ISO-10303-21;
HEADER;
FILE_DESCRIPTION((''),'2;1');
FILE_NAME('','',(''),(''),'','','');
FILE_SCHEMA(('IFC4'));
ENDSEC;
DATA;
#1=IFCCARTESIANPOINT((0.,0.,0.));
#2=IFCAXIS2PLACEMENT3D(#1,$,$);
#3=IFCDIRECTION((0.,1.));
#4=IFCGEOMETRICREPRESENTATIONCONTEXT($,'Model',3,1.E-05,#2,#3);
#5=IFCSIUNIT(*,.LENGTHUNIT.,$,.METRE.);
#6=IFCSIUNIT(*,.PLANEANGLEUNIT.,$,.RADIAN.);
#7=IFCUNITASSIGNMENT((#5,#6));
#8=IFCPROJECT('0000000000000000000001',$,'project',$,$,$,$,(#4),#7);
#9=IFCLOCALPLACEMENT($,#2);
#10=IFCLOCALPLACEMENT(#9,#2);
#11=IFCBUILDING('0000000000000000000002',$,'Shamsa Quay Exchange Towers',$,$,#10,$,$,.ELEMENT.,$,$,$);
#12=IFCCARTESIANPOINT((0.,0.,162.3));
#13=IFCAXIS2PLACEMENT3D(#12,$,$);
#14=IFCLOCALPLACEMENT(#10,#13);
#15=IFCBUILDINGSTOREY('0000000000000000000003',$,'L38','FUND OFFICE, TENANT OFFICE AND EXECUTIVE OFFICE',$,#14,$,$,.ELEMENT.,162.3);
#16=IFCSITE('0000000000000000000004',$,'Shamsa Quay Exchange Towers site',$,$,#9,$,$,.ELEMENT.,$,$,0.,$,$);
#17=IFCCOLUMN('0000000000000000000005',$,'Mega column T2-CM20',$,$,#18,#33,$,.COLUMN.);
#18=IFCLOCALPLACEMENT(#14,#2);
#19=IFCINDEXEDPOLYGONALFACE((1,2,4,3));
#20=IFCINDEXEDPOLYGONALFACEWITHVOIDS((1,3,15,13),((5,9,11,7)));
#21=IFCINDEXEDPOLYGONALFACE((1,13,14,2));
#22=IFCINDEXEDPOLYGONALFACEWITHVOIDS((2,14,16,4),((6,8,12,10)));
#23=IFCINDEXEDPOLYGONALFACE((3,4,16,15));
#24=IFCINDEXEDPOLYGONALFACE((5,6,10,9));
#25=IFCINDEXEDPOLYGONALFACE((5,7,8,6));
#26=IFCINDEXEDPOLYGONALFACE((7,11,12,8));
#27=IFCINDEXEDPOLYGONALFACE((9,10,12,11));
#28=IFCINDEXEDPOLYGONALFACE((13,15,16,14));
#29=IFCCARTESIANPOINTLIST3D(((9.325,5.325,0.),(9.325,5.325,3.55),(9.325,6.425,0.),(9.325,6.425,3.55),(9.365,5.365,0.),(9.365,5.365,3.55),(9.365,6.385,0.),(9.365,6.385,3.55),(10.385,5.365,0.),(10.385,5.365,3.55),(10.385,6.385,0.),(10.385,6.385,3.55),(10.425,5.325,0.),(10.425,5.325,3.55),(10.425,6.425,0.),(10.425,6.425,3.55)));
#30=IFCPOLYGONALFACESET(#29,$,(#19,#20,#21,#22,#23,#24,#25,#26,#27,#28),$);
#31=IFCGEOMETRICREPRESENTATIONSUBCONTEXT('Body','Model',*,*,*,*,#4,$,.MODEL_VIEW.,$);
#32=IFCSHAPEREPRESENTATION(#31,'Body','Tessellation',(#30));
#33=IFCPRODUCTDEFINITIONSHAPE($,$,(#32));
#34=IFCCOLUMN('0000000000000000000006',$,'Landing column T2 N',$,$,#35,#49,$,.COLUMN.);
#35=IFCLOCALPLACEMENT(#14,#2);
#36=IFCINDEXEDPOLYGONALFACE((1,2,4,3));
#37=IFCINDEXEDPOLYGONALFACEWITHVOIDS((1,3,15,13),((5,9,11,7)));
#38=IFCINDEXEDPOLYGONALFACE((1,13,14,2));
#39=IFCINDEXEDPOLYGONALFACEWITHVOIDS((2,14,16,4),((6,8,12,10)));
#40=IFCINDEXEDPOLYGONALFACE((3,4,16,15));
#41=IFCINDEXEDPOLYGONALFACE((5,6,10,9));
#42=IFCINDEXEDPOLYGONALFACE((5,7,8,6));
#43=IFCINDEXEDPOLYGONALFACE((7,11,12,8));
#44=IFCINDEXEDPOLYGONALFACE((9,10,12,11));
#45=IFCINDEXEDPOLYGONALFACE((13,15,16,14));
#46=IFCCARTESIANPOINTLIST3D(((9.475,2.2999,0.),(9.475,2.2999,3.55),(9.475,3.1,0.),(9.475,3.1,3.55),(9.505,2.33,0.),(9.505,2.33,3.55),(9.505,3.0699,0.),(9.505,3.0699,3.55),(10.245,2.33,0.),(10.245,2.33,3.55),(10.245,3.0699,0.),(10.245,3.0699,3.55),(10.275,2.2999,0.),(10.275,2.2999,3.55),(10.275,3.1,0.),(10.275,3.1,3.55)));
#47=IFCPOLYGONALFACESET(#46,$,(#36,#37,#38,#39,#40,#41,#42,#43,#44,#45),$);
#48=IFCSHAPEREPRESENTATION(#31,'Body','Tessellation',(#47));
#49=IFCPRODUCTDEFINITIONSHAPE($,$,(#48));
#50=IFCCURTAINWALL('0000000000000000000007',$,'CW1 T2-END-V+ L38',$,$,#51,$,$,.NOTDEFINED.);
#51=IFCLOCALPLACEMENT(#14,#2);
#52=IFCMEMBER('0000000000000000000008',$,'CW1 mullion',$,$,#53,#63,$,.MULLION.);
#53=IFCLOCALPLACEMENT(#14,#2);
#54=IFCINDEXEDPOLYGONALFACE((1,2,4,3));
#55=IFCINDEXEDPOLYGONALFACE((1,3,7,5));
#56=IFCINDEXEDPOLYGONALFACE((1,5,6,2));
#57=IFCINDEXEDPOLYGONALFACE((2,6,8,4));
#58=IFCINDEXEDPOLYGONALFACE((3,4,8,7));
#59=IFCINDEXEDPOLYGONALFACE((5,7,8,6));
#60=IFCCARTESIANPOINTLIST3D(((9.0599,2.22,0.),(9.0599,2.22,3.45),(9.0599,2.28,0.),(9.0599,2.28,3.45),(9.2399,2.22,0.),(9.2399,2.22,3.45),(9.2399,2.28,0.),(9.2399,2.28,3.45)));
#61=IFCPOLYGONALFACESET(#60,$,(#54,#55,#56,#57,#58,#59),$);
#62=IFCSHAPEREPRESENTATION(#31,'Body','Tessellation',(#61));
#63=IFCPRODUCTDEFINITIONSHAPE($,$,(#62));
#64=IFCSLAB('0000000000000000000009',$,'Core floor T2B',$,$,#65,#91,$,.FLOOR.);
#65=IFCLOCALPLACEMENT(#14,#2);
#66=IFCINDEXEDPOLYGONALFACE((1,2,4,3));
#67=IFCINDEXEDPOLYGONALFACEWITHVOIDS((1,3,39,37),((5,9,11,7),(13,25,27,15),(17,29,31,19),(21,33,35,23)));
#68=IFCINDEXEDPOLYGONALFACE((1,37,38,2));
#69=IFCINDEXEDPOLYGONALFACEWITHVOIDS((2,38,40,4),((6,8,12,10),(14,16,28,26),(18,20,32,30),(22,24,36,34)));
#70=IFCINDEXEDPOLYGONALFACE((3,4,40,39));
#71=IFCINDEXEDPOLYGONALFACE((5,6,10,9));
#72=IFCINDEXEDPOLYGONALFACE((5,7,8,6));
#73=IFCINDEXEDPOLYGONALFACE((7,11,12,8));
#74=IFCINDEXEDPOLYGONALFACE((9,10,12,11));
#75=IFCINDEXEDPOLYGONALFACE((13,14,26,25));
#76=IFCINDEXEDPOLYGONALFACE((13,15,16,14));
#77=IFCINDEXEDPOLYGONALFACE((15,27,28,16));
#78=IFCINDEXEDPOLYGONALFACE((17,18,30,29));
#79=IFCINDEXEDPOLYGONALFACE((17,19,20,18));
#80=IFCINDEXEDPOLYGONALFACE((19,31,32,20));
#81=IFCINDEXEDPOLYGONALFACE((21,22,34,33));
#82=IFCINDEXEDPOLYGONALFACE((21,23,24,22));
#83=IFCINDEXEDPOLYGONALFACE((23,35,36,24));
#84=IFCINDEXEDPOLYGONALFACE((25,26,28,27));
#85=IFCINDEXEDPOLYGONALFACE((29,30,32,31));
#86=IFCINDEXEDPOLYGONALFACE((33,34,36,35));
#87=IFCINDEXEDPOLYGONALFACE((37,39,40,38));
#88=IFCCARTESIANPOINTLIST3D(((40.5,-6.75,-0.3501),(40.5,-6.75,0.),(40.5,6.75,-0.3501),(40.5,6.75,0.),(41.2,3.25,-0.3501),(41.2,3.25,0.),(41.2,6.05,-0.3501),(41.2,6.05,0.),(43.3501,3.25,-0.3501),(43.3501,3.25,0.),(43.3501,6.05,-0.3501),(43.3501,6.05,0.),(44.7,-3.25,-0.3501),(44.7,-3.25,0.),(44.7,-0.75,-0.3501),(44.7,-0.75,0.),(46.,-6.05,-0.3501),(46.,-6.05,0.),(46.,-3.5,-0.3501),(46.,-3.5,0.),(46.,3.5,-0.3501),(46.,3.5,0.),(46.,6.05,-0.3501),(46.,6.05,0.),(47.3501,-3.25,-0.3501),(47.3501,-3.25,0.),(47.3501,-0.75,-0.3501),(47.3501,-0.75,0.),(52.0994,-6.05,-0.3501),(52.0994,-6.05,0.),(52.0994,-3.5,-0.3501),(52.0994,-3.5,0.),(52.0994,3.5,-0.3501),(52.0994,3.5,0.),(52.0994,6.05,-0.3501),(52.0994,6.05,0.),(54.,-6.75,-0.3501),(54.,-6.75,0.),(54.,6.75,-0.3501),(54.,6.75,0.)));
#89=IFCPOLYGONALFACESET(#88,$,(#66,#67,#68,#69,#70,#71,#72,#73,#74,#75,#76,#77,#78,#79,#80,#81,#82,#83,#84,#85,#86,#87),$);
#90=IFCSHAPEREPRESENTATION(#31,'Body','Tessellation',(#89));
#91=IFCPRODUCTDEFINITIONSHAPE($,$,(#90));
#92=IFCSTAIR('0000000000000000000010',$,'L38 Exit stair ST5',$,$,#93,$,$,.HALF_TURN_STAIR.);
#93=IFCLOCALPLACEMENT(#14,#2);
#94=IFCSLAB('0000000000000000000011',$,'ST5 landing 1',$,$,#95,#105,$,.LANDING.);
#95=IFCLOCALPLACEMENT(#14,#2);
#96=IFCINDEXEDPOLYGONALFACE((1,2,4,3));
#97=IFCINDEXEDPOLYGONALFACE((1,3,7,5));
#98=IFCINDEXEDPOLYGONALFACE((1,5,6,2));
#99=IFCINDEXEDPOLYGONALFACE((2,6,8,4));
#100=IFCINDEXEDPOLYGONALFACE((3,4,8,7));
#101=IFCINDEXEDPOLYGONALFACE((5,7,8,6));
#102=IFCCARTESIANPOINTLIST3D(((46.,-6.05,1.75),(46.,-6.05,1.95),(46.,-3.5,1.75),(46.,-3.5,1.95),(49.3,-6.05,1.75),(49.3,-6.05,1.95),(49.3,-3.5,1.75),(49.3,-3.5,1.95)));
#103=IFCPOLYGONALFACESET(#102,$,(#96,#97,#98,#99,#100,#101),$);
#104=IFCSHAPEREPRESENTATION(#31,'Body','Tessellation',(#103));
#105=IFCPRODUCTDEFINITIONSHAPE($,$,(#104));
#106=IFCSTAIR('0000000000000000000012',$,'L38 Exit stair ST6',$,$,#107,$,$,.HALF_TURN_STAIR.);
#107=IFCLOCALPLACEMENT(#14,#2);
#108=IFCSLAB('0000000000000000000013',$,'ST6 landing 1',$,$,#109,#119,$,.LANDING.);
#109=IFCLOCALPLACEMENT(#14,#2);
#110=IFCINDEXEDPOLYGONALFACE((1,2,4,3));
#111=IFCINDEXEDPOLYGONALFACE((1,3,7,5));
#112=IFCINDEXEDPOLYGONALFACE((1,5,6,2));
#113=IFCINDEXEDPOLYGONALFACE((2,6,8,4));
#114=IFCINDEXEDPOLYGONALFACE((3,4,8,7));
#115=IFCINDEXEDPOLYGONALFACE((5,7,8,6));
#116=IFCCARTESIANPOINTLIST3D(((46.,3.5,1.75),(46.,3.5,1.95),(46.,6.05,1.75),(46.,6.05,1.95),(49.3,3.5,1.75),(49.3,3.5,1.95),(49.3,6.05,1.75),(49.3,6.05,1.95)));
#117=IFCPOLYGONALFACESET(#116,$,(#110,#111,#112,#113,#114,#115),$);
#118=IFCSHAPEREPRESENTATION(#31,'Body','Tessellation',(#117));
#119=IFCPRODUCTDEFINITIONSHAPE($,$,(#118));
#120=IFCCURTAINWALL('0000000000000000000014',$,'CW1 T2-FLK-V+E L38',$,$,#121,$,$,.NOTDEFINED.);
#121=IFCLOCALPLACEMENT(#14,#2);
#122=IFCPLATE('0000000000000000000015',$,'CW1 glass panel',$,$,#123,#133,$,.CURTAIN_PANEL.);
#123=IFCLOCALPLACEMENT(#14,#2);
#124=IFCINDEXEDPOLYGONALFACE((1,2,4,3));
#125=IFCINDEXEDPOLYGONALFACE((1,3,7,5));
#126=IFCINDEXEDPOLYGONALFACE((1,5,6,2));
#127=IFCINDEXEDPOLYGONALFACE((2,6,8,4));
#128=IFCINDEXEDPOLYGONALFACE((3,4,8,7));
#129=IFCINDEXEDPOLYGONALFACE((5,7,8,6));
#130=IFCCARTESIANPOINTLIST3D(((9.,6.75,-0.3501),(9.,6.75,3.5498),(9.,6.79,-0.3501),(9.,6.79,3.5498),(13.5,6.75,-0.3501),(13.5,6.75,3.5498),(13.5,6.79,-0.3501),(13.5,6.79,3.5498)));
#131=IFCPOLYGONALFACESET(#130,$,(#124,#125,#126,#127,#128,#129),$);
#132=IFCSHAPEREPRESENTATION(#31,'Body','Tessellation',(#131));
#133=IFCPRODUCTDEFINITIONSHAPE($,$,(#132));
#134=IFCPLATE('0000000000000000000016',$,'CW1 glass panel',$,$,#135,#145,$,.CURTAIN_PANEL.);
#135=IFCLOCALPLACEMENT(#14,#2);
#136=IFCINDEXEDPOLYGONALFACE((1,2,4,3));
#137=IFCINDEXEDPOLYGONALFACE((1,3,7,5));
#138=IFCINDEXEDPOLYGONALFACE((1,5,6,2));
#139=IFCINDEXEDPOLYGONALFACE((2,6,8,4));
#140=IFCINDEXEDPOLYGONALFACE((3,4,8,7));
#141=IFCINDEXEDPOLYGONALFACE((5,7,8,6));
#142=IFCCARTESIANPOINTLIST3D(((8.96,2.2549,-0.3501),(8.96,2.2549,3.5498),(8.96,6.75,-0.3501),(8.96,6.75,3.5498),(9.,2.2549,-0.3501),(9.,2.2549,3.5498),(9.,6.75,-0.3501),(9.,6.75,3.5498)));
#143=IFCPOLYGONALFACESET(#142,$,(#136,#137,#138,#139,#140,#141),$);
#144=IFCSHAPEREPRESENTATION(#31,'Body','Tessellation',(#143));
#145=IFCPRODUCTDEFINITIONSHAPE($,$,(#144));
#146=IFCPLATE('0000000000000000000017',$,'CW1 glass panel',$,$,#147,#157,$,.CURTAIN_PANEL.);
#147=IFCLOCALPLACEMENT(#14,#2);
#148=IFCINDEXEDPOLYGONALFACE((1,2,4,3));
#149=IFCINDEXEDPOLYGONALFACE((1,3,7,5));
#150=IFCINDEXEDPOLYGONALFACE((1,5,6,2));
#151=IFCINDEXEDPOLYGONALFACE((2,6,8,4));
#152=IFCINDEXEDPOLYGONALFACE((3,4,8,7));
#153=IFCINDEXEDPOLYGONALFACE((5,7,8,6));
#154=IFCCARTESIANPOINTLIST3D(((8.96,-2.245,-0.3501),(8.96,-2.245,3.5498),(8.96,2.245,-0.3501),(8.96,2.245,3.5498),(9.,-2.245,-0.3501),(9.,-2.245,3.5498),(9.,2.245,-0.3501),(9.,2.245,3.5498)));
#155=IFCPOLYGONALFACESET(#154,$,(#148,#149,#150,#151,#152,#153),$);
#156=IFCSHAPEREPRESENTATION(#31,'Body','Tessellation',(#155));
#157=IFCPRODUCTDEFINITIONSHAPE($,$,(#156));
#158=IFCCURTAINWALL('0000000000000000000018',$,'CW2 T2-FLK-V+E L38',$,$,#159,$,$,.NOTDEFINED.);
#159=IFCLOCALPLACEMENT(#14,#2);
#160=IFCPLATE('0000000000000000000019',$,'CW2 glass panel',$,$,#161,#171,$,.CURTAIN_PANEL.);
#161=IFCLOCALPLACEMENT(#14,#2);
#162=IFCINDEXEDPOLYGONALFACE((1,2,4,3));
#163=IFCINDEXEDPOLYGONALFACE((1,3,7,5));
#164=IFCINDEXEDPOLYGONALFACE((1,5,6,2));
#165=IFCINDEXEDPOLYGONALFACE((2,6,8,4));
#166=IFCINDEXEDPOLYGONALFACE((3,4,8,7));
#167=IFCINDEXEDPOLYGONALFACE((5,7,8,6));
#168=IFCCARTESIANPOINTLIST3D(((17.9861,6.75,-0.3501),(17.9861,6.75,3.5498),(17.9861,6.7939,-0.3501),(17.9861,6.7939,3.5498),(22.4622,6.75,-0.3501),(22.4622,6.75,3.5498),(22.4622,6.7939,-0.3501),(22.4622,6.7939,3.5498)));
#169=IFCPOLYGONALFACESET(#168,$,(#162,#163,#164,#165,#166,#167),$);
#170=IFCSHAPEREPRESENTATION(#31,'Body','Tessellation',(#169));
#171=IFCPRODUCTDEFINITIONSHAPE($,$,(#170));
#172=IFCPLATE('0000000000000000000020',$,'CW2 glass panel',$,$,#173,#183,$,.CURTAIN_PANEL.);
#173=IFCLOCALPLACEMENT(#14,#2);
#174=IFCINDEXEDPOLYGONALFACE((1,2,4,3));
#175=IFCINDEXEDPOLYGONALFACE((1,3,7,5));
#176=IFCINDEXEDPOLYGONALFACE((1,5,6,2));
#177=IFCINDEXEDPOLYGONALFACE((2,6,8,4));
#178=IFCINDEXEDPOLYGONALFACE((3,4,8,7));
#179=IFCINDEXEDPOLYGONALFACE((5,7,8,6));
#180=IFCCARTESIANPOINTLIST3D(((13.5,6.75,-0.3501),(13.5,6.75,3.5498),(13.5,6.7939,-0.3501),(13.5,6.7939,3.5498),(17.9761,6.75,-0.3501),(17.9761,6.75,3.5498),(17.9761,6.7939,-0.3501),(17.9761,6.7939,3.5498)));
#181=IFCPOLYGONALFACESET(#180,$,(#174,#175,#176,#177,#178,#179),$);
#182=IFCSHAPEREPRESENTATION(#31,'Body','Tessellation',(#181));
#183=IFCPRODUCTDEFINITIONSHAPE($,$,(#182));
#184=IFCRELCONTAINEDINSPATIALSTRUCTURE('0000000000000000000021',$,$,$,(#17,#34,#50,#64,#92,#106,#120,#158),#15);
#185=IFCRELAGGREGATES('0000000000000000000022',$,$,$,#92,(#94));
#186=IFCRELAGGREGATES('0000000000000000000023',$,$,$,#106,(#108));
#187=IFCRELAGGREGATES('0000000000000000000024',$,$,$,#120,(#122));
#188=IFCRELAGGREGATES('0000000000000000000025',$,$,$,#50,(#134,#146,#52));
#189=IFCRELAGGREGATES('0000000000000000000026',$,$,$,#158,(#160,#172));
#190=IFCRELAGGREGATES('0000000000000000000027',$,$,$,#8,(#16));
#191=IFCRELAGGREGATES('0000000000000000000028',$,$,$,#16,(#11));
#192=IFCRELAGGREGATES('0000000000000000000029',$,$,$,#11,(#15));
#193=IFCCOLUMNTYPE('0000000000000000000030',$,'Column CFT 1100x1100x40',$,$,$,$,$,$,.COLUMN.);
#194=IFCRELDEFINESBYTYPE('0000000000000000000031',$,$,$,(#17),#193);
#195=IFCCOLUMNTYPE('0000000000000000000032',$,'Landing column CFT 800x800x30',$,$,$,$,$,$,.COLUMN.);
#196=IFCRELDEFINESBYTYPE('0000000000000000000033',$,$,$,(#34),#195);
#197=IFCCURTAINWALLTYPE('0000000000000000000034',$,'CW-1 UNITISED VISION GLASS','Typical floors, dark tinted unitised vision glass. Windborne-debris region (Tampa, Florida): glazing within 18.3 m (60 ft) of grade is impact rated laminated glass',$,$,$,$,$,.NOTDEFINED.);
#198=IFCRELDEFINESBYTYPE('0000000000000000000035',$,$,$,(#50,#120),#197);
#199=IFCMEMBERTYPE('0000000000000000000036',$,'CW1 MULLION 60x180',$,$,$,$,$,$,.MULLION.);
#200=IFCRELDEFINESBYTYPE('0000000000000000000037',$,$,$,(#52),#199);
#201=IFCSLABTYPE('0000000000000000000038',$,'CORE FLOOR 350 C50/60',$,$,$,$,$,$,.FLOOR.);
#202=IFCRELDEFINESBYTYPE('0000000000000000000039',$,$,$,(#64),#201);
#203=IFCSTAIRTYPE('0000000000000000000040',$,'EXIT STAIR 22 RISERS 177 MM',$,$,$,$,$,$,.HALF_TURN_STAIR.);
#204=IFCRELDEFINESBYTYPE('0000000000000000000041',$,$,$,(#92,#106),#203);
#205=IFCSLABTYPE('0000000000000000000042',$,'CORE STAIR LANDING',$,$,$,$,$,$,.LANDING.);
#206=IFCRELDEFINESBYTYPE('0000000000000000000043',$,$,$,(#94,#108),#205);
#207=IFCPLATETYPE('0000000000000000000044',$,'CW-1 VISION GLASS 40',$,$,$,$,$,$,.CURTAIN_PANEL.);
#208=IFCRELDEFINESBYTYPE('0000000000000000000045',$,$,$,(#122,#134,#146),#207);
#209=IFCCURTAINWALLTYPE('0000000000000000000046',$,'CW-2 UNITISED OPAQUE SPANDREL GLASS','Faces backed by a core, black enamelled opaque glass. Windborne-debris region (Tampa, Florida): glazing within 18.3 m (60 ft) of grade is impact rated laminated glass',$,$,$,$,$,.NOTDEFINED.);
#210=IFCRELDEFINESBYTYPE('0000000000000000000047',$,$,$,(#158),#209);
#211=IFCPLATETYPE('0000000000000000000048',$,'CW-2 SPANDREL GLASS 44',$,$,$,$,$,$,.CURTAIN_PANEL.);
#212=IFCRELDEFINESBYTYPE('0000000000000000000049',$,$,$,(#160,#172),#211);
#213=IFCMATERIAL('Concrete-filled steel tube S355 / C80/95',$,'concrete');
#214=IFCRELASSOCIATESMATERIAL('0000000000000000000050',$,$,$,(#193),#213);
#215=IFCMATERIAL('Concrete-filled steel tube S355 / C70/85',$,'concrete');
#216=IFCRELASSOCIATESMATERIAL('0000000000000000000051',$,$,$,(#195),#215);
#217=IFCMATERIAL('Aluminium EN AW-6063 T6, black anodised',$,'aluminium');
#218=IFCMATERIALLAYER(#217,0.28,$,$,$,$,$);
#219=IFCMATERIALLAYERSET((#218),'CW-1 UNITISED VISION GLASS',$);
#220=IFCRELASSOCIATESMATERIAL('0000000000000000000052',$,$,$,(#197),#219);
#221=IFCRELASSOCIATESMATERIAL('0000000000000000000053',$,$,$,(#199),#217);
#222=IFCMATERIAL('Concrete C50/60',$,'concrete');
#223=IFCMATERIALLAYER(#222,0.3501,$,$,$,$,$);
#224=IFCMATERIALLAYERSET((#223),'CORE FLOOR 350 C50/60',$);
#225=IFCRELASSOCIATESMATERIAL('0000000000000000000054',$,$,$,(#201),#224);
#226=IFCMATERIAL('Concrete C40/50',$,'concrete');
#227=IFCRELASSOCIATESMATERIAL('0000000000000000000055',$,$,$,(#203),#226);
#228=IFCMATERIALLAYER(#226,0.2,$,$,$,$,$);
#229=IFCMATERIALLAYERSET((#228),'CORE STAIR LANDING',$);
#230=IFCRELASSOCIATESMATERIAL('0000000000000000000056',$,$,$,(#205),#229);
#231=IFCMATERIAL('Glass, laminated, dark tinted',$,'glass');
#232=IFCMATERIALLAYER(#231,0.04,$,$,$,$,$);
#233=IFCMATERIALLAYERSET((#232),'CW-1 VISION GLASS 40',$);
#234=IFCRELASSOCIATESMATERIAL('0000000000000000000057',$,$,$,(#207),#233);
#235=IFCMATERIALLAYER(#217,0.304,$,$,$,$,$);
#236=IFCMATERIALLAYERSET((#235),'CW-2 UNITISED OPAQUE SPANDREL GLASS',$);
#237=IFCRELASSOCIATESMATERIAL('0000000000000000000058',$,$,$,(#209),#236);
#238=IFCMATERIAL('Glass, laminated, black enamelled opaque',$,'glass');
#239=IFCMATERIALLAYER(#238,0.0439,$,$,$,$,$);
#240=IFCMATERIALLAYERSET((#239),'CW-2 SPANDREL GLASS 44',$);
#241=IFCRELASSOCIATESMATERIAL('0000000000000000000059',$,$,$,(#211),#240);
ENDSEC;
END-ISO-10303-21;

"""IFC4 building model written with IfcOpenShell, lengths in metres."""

from ifc_helpers import new_model, si_unit, direction, frame, origin, origin_2d, place, context, subcontext, project, spatial, polyline, rectangle, hollow_rectangle, outline, extrude, material, layer, layer_set, material_profile, profile_set, type_object, element, aggregate, save


model = new_model("IFC4")

# Units and contexts
model_context = context("Model", 3, precision=1e-05, world=origin(), true_north=direction((0.0, 1.0)))
body_context = subcontext(model_context, "Body", "Model", "MODEL_VIEW")
ifc_project = project(units=[si_unit("LENGTHUNIT", "METRE"), si_unit("PLANEANGLEUNIT", "RADIAN")], contexts=[model_context])

# Site, building, storey
site_placement = place(None, origin())
site = spatial("IfcSite", under=ifc_project, at=site_placement, Name="Shamsa Quay Exchange Towers site", CompositionType="ELEMENT", RefElevation=0.0)
building_placement = place(site_placement, origin())
building = spatial("IfcBuilding", under=site, at=building_placement, Name="Shamsa Quay Exchange Towers", CompositionType="ELEMENT")
storey_placement = place(building_placement, frame((0.0, 0.0, 162.3)))
storey = spatial("IfcBuildingStorey", under=building, at=storey_placement, Name="L38", Description="FUND OFFICE, TENANT OFFICE AND EXECUTIVE OFFICE", CompositionType="ELEMENT", Elevation=162.3)

# Columns
ifc_material_1 = material(Name="Concrete-filled steel tube S355 / C80/95", Category="concrete")
ifc_material_profile_1 = material_profile(ifc_material_1, hollow_rectangle(XDim=1.1001, YDim=1.1001, WallThickness=0.04, at=origin_2d()), Name="CFT 1100x1100x40")
ifc_profile_set_1 = profile_set([ifc_material_profile_1], Name="Concrete-filled steel tube S355 / C80/95")
column_type_1 = type_object("IfcColumnType", Name="Column CFT 1100x1100x40", PredefinedType="COLUMN", material=ifc_profile_set_1)
column_1_placement = place(storey_placement, frame((9.875, 5.875, 0.0)))
element("IfcColumn", 1, at=column_1_placement, inside=storey, type_object=column_type_1, Name="Mega column T2-CM20", PredefinedType="COLUMN", context=body_context, shape_type="SweptSolid", body=[
    extrude(hollow_rectangle(XDim=1.1001, YDim=1.1001, WallThickness=0.04, at=origin_2d()), origin(), (0.0, 0.0, 1.0), 3.55),
])
ifc_material_2 = material(Name="Concrete-filled steel tube S355 / C70/85", Category="concrete")
ifc_material_profile_2 = material_profile(ifc_material_2, hollow_rectangle(XDim=0.8, YDim=0.8, WallThickness=0.03, at=origin_2d()), Name="CFT 800x800x30")
ifc_profile_set_2 = profile_set([ifc_material_profile_2], Name="Concrete-filled steel tube S355 / C70/85")
column_type_2 = type_object("IfcColumnType", Name="Landing column CFT 800x800x30", PredefinedType="COLUMN", material=ifc_profile_set_2)
column_2_placement = place(storey_placement, frame((9.875, 2.7, 0.0)))
element("IfcColumn", 2, at=column_2_placement, inside=storey, type_object=column_type_2, Name="Landing column T2 N", PredefinedType="COLUMN", context=body_context, shape_type="SweptSolid", body=[
    extrude(hollow_rectangle(XDim=0.8, YDim=0.8, WallThickness=0.03, at=origin_2d()), origin(), (0.0, 0.0, 1.0), 3.55),
])

# Curtain wall, member
ifc_material_3 = material(Name="Aluminium EN AW-6063 T6, black anodised", Category="aluminium")
ifc_layer_1 = layer(ifc_material_3, 0.28)
ifc_layer_set_1 = layer_set([ifc_layer_1], Name="CW-1 UNITISED VISION GLASS")
curtain_wall_type_1 = type_object("IfcCurtainWallType", Name="CW-1 UNITISED VISION GLASS", Description="Typical floors, dark tinted unitised vision glass. Windborne-debris region (Tampa, Florida): glazing within 18.3 m (60 ft) of grade is impact rated laminated glass", PredefinedType="NOTDEFINED", material=ifc_layer_set_1)
curtain_wall_1_placement = place(storey_placement, origin())
curtain_wall_1 = element("IfcCurtainWall", 3, at=curtain_wall_1_placement, inside=storey, type_object=curtain_wall_type_1, Name="CW1 T2-END-V+ L38", PredefinedType="NOTDEFINED")
ifc_material_profile_3 = material_profile(ifc_material_3, rectangle(XDim=0.1799, YDim=0.0601, at=origin_2d()), Name="MU60x180")
ifc_profile_set_3 = profile_set([ifc_material_profile_3], Name="Aluminium EN AW-6063 T6, black anodised")
member_type = type_object("IfcMemberType", Name="CW1 MULLION 60x180", PredefinedType="MULLION", material=ifc_profile_set_3)
member_placement = place(storey_placement, frame((9.1499, 2.25, 0.0)))
member = element("IfcMember", 4, at=member_placement, type_object=member_type, Name="CW1 mullion", PredefinedType="MULLION", context=body_context, shape_type="SweptSolid", body=[
    extrude(rectangle(XDim=0.1799, YDim=0.0601, at=origin_2d()), origin(), (0.0, 0.0, 1.0), 3.45),
])

# Slab
ifc_material_4 = material(Name="Concrete C50/60", Category="concrete")
ifc_layer_2 = layer(ifc_material_4, 0.3501)
ifc_layer_set_2 = layer_set([ifc_layer_2], Name="CORE FLOOR 350 C50/60")
slab_type_1 = type_object("IfcSlabType", Name="CORE FLOOR 350 C50/60", PredefinedType="FLOOR", material=ifc_layer_set_2)
slab_1_placement = place(storey_placement, frame((0.0, 0.0, -0.3501)))
element("IfcSlab", 5, at=slab_1_placement, inside=storey, type_object=slab_type_1, Name="Core floor T2B", PredefinedType="FLOOR", context=body_context, shape_type="SweptSolid", body=[
    extrude(outline(polyline([(54.0, -6.75), (54.0, 6.75), (40.5, 6.75), (40.5, -6.75), (54.0, -6.75)]), holes=[polyline([(52.0994, -3.5), (52.0994, -6.05), (46.0, -6.05), (46.0, -3.5), (52.0994, -3.5)]), polyline([(52.0994, 6.05), (52.0994, 3.5), (46.0, 3.5), (46.0, 6.05), (52.0994, 6.05)]), polyline([(43.3501, 3.25), (41.2, 3.25), (41.2, 6.05), (43.3501, 6.05), (43.3501, 3.25)]), polyline([(47.3501, -3.25), (44.7, -3.25), (44.7, -0.75), (47.3501, -0.75), (47.3501, -3.25)])]), origin(), (0.0, 0.0, 1.0), 0.3501),
])

# Stairs, slabs
ifc_material_5 = material(Name="Concrete C40/50", Category="concrete")
stair_type = type_object("IfcStairType", Name="EXIT STAIR 22 RISERS 177 MM", PredefinedType="HALF_TURN_STAIR", material=ifc_material_5)
stair_1_placement = place(storey_placement, origin())
stair_1 = element("IfcStair", 6, at=stair_1_placement, inside=storey, type_object=stair_type, Name="L38 Exit stair ST5", PredefinedType="HALF_TURN_STAIR")
ifc_layer_3 = layer(ifc_material_5, 0.2)
ifc_layer_set_3 = layer_set([ifc_layer_3], Name="CORE STAIR LANDING")
slab_type_2 = type_object("IfcSlabType", Name="CORE STAIR LANDING", PredefinedType="LANDING", material=ifc_layer_set_3)
slab_2_placement = place(storey_placement, frame((0.0, 0.0, 1.75)))
slab_2 = element("IfcSlab", 7, at=slab_2_placement, type_object=slab_type_2, Name="ST5 landing 1", PredefinedType="LANDING", context=body_context, shape_type="SweptSolid", body=[
    extrude(outline(polyline([(49.3, -3.5), (46.0, -3.5), (46.0, -6.05), (49.3, -6.05), (49.3, -3.5)])), origin(), (0.0, 0.0, 1.0), 0.2),
])
aggregate(stair_1, [slab_2])
stair_2_placement = place(storey_placement, origin())
stair_2 = element("IfcStair", 8, at=stair_2_placement, inside=storey, type_object=stair_type, Name="L38 Exit stair ST6", PredefinedType="HALF_TURN_STAIR")
slab_3_placement = place(storey_placement, frame((0.0, 0.0, 1.75)))
slab_3 = element("IfcSlab", 9, at=slab_3_placement, type_object=slab_type_2, Name="ST6 landing 1", PredefinedType="LANDING", context=body_context, shape_type="SweptSolid", body=[
    extrude(outline(polyline([(49.3, 6.05), (46.0, 6.05), (46.0, 3.5), (49.3, 3.5), (49.3, 6.05)])), origin(), (0.0, 0.0, 1.0), 0.2),
])
aggregate(stair_2, [slab_3])

# Curtain wall, plate
curtain_wall_2_placement = place(storey_placement, origin())
curtain_wall_2 = element("IfcCurtainWall", 10, at=curtain_wall_2_placement, inside=storey, type_object=curtain_wall_type_1, Name="CW1 T2-FLK-V+E L38", PredefinedType="NOTDEFINED")
ifc_material_6 = material(Name="Glass, laminated, dark tinted", Category="glass")
ifc_layer_4 = layer(ifc_material_6, 0.04)
ifc_layer_set_4 = layer_set([ifc_layer_4], Name="CW-1 VISION GLASS 40")
plate_type_1 = type_object("IfcPlateType", Name="CW-1 VISION GLASS 40", PredefinedType="CURTAIN_PANEL", material=ifc_layer_set_4)
plate_1_placement = place(storey_placement, frame((11.25, 6.77, -0.3501), z_axis=(0.0, 0.0, 1.0), x_axis=(-1.0, 0.0, 0.0)))
plate_1 = element("IfcPlate", 11, at=plate_1_placement, type_object=plate_type_1, Name="CW1 glass panel", PredefinedType="CURTAIN_PANEL", context=body_context, shape_type="SweptSolid", body=[
    extrude(rectangle(XDim=4.5, YDim=0.04, at=origin_2d()), origin(), (0.0, 0.0, 1.0), 3.8999),
])
aggregate(curtain_wall_2, [plate_1])

# Plates
plate_2_placement = place(storey_placement, frame((8.98, 4.5024, -0.3501), z_axis=(0.0, 0.0, 1.0), x_axis=(0.0, -1.0, 0.0)))
plate_2 = element("IfcPlate", 12, at=plate_2_placement, type_object=plate_type_1, Name="CW1 glass panel", PredefinedType="CURTAIN_PANEL", context=body_context, shape_type="SweptSolid", body=[
    extrude(rectangle(XDim=4.4951, YDim=0.04, at=origin_2d()), origin(), (0.0, 0.0, 1.0), 3.8999),
])
plate_3_placement = place(storey_placement, frame((8.98, 0.0, -0.3501), z_axis=(0.0, 0.0, 1.0), x_axis=(0.0, -1.0, 0.0)))
plate_3 = element("IfcPlate", 13, at=plate_3_placement, type_object=plate_type_1, Name="CW1 glass panel", PredefinedType="CURTAIN_PANEL", context=body_context, shape_type="SweptSolid", body=[
    extrude(rectangle(XDim=4.49, YDim=0.04, at=origin_2d()), origin(), (0.0, 0.0, 1.0), 3.8999),
])
aggregate(curtain_wall_1, [plate_2, plate_3, member])

# Curtain wall, plates
ifc_layer_5 = layer(ifc_material_3, 0.304)
ifc_layer_set_5 = layer_set([ifc_layer_5], Name="CW-2 UNITISED OPAQUE SPANDREL GLASS")
curtain_wall_type_2 = type_object("IfcCurtainWallType", Name="CW-2 UNITISED OPAQUE SPANDREL GLASS", Description="Faces backed by a core, black enamelled opaque glass. Windborne-debris region (Tampa, Florida): glazing within 18.3 m (60 ft) of grade is impact rated laminated glass", PredefinedType="NOTDEFINED", material=ifc_layer_set_5)
curtain_wall_3_placement = place(storey_placement, origin())
curtain_wall_3 = element("IfcCurtainWall", 14, at=curtain_wall_3_placement, inside=storey, type_object=curtain_wall_type_2, Name="CW2 T2-FLK-V+E L38", PredefinedType="NOTDEFINED")
ifc_material_7 = material(Name="Glass, laminated, black enamelled opaque", Category="glass")
ifc_layer_6 = layer(ifc_material_7, 0.0439)
ifc_layer_set_6 = layer_set([ifc_layer_6], Name="CW-2 SPANDREL GLASS 44")
plate_type_2 = type_object("IfcPlateType", Name="CW-2 SPANDREL GLASS 44", PredefinedType="CURTAIN_PANEL", material=ifc_layer_set_6)
plate_4_placement = place(storey_placement, frame((20.2241, 6.772, -0.3501), z_axis=(0.0, 0.0, 1.0), x_axis=(-1.0, 0.0, 0.0)))
plate_4 = element("IfcPlate", 15, at=plate_4_placement, type_object=plate_type_2, Name="CW2 glass panel", PredefinedType="CURTAIN_PANEL", context=body_context, shape_type="SweptSolid", body=[
    extrude(rectangle(XDim=4.4761, YDim=0.0439, at=origin_2d()), origin(), (0.0, 0.0, 1.0), 3.8999),
])
plate_5_placement = place(storey_placement, frame((15.738, 6.772, -0.3501), z_axis=(0.0, 0.0, 1.0), x_axis=(-1.0, 0.0, 0.0)))
plate_5 = element("IfcPlate", 16, at=plate_5_placement, type_object=plate_type_2, Name="CW2 glass panel", PredefinedType="CURTAIN_PANEL", context=body_context, shape_type="SweptSolid", body=[
    extrude(rectangle(XDim=4.4761, YDim=0.0439, at=origin_2d()), origin(), (0.0, 0.0, 1.0), 3.8999),
])
aggregate(curtain_wall_3, [plate_4, plate_5])

save(model, "model.ifc")
